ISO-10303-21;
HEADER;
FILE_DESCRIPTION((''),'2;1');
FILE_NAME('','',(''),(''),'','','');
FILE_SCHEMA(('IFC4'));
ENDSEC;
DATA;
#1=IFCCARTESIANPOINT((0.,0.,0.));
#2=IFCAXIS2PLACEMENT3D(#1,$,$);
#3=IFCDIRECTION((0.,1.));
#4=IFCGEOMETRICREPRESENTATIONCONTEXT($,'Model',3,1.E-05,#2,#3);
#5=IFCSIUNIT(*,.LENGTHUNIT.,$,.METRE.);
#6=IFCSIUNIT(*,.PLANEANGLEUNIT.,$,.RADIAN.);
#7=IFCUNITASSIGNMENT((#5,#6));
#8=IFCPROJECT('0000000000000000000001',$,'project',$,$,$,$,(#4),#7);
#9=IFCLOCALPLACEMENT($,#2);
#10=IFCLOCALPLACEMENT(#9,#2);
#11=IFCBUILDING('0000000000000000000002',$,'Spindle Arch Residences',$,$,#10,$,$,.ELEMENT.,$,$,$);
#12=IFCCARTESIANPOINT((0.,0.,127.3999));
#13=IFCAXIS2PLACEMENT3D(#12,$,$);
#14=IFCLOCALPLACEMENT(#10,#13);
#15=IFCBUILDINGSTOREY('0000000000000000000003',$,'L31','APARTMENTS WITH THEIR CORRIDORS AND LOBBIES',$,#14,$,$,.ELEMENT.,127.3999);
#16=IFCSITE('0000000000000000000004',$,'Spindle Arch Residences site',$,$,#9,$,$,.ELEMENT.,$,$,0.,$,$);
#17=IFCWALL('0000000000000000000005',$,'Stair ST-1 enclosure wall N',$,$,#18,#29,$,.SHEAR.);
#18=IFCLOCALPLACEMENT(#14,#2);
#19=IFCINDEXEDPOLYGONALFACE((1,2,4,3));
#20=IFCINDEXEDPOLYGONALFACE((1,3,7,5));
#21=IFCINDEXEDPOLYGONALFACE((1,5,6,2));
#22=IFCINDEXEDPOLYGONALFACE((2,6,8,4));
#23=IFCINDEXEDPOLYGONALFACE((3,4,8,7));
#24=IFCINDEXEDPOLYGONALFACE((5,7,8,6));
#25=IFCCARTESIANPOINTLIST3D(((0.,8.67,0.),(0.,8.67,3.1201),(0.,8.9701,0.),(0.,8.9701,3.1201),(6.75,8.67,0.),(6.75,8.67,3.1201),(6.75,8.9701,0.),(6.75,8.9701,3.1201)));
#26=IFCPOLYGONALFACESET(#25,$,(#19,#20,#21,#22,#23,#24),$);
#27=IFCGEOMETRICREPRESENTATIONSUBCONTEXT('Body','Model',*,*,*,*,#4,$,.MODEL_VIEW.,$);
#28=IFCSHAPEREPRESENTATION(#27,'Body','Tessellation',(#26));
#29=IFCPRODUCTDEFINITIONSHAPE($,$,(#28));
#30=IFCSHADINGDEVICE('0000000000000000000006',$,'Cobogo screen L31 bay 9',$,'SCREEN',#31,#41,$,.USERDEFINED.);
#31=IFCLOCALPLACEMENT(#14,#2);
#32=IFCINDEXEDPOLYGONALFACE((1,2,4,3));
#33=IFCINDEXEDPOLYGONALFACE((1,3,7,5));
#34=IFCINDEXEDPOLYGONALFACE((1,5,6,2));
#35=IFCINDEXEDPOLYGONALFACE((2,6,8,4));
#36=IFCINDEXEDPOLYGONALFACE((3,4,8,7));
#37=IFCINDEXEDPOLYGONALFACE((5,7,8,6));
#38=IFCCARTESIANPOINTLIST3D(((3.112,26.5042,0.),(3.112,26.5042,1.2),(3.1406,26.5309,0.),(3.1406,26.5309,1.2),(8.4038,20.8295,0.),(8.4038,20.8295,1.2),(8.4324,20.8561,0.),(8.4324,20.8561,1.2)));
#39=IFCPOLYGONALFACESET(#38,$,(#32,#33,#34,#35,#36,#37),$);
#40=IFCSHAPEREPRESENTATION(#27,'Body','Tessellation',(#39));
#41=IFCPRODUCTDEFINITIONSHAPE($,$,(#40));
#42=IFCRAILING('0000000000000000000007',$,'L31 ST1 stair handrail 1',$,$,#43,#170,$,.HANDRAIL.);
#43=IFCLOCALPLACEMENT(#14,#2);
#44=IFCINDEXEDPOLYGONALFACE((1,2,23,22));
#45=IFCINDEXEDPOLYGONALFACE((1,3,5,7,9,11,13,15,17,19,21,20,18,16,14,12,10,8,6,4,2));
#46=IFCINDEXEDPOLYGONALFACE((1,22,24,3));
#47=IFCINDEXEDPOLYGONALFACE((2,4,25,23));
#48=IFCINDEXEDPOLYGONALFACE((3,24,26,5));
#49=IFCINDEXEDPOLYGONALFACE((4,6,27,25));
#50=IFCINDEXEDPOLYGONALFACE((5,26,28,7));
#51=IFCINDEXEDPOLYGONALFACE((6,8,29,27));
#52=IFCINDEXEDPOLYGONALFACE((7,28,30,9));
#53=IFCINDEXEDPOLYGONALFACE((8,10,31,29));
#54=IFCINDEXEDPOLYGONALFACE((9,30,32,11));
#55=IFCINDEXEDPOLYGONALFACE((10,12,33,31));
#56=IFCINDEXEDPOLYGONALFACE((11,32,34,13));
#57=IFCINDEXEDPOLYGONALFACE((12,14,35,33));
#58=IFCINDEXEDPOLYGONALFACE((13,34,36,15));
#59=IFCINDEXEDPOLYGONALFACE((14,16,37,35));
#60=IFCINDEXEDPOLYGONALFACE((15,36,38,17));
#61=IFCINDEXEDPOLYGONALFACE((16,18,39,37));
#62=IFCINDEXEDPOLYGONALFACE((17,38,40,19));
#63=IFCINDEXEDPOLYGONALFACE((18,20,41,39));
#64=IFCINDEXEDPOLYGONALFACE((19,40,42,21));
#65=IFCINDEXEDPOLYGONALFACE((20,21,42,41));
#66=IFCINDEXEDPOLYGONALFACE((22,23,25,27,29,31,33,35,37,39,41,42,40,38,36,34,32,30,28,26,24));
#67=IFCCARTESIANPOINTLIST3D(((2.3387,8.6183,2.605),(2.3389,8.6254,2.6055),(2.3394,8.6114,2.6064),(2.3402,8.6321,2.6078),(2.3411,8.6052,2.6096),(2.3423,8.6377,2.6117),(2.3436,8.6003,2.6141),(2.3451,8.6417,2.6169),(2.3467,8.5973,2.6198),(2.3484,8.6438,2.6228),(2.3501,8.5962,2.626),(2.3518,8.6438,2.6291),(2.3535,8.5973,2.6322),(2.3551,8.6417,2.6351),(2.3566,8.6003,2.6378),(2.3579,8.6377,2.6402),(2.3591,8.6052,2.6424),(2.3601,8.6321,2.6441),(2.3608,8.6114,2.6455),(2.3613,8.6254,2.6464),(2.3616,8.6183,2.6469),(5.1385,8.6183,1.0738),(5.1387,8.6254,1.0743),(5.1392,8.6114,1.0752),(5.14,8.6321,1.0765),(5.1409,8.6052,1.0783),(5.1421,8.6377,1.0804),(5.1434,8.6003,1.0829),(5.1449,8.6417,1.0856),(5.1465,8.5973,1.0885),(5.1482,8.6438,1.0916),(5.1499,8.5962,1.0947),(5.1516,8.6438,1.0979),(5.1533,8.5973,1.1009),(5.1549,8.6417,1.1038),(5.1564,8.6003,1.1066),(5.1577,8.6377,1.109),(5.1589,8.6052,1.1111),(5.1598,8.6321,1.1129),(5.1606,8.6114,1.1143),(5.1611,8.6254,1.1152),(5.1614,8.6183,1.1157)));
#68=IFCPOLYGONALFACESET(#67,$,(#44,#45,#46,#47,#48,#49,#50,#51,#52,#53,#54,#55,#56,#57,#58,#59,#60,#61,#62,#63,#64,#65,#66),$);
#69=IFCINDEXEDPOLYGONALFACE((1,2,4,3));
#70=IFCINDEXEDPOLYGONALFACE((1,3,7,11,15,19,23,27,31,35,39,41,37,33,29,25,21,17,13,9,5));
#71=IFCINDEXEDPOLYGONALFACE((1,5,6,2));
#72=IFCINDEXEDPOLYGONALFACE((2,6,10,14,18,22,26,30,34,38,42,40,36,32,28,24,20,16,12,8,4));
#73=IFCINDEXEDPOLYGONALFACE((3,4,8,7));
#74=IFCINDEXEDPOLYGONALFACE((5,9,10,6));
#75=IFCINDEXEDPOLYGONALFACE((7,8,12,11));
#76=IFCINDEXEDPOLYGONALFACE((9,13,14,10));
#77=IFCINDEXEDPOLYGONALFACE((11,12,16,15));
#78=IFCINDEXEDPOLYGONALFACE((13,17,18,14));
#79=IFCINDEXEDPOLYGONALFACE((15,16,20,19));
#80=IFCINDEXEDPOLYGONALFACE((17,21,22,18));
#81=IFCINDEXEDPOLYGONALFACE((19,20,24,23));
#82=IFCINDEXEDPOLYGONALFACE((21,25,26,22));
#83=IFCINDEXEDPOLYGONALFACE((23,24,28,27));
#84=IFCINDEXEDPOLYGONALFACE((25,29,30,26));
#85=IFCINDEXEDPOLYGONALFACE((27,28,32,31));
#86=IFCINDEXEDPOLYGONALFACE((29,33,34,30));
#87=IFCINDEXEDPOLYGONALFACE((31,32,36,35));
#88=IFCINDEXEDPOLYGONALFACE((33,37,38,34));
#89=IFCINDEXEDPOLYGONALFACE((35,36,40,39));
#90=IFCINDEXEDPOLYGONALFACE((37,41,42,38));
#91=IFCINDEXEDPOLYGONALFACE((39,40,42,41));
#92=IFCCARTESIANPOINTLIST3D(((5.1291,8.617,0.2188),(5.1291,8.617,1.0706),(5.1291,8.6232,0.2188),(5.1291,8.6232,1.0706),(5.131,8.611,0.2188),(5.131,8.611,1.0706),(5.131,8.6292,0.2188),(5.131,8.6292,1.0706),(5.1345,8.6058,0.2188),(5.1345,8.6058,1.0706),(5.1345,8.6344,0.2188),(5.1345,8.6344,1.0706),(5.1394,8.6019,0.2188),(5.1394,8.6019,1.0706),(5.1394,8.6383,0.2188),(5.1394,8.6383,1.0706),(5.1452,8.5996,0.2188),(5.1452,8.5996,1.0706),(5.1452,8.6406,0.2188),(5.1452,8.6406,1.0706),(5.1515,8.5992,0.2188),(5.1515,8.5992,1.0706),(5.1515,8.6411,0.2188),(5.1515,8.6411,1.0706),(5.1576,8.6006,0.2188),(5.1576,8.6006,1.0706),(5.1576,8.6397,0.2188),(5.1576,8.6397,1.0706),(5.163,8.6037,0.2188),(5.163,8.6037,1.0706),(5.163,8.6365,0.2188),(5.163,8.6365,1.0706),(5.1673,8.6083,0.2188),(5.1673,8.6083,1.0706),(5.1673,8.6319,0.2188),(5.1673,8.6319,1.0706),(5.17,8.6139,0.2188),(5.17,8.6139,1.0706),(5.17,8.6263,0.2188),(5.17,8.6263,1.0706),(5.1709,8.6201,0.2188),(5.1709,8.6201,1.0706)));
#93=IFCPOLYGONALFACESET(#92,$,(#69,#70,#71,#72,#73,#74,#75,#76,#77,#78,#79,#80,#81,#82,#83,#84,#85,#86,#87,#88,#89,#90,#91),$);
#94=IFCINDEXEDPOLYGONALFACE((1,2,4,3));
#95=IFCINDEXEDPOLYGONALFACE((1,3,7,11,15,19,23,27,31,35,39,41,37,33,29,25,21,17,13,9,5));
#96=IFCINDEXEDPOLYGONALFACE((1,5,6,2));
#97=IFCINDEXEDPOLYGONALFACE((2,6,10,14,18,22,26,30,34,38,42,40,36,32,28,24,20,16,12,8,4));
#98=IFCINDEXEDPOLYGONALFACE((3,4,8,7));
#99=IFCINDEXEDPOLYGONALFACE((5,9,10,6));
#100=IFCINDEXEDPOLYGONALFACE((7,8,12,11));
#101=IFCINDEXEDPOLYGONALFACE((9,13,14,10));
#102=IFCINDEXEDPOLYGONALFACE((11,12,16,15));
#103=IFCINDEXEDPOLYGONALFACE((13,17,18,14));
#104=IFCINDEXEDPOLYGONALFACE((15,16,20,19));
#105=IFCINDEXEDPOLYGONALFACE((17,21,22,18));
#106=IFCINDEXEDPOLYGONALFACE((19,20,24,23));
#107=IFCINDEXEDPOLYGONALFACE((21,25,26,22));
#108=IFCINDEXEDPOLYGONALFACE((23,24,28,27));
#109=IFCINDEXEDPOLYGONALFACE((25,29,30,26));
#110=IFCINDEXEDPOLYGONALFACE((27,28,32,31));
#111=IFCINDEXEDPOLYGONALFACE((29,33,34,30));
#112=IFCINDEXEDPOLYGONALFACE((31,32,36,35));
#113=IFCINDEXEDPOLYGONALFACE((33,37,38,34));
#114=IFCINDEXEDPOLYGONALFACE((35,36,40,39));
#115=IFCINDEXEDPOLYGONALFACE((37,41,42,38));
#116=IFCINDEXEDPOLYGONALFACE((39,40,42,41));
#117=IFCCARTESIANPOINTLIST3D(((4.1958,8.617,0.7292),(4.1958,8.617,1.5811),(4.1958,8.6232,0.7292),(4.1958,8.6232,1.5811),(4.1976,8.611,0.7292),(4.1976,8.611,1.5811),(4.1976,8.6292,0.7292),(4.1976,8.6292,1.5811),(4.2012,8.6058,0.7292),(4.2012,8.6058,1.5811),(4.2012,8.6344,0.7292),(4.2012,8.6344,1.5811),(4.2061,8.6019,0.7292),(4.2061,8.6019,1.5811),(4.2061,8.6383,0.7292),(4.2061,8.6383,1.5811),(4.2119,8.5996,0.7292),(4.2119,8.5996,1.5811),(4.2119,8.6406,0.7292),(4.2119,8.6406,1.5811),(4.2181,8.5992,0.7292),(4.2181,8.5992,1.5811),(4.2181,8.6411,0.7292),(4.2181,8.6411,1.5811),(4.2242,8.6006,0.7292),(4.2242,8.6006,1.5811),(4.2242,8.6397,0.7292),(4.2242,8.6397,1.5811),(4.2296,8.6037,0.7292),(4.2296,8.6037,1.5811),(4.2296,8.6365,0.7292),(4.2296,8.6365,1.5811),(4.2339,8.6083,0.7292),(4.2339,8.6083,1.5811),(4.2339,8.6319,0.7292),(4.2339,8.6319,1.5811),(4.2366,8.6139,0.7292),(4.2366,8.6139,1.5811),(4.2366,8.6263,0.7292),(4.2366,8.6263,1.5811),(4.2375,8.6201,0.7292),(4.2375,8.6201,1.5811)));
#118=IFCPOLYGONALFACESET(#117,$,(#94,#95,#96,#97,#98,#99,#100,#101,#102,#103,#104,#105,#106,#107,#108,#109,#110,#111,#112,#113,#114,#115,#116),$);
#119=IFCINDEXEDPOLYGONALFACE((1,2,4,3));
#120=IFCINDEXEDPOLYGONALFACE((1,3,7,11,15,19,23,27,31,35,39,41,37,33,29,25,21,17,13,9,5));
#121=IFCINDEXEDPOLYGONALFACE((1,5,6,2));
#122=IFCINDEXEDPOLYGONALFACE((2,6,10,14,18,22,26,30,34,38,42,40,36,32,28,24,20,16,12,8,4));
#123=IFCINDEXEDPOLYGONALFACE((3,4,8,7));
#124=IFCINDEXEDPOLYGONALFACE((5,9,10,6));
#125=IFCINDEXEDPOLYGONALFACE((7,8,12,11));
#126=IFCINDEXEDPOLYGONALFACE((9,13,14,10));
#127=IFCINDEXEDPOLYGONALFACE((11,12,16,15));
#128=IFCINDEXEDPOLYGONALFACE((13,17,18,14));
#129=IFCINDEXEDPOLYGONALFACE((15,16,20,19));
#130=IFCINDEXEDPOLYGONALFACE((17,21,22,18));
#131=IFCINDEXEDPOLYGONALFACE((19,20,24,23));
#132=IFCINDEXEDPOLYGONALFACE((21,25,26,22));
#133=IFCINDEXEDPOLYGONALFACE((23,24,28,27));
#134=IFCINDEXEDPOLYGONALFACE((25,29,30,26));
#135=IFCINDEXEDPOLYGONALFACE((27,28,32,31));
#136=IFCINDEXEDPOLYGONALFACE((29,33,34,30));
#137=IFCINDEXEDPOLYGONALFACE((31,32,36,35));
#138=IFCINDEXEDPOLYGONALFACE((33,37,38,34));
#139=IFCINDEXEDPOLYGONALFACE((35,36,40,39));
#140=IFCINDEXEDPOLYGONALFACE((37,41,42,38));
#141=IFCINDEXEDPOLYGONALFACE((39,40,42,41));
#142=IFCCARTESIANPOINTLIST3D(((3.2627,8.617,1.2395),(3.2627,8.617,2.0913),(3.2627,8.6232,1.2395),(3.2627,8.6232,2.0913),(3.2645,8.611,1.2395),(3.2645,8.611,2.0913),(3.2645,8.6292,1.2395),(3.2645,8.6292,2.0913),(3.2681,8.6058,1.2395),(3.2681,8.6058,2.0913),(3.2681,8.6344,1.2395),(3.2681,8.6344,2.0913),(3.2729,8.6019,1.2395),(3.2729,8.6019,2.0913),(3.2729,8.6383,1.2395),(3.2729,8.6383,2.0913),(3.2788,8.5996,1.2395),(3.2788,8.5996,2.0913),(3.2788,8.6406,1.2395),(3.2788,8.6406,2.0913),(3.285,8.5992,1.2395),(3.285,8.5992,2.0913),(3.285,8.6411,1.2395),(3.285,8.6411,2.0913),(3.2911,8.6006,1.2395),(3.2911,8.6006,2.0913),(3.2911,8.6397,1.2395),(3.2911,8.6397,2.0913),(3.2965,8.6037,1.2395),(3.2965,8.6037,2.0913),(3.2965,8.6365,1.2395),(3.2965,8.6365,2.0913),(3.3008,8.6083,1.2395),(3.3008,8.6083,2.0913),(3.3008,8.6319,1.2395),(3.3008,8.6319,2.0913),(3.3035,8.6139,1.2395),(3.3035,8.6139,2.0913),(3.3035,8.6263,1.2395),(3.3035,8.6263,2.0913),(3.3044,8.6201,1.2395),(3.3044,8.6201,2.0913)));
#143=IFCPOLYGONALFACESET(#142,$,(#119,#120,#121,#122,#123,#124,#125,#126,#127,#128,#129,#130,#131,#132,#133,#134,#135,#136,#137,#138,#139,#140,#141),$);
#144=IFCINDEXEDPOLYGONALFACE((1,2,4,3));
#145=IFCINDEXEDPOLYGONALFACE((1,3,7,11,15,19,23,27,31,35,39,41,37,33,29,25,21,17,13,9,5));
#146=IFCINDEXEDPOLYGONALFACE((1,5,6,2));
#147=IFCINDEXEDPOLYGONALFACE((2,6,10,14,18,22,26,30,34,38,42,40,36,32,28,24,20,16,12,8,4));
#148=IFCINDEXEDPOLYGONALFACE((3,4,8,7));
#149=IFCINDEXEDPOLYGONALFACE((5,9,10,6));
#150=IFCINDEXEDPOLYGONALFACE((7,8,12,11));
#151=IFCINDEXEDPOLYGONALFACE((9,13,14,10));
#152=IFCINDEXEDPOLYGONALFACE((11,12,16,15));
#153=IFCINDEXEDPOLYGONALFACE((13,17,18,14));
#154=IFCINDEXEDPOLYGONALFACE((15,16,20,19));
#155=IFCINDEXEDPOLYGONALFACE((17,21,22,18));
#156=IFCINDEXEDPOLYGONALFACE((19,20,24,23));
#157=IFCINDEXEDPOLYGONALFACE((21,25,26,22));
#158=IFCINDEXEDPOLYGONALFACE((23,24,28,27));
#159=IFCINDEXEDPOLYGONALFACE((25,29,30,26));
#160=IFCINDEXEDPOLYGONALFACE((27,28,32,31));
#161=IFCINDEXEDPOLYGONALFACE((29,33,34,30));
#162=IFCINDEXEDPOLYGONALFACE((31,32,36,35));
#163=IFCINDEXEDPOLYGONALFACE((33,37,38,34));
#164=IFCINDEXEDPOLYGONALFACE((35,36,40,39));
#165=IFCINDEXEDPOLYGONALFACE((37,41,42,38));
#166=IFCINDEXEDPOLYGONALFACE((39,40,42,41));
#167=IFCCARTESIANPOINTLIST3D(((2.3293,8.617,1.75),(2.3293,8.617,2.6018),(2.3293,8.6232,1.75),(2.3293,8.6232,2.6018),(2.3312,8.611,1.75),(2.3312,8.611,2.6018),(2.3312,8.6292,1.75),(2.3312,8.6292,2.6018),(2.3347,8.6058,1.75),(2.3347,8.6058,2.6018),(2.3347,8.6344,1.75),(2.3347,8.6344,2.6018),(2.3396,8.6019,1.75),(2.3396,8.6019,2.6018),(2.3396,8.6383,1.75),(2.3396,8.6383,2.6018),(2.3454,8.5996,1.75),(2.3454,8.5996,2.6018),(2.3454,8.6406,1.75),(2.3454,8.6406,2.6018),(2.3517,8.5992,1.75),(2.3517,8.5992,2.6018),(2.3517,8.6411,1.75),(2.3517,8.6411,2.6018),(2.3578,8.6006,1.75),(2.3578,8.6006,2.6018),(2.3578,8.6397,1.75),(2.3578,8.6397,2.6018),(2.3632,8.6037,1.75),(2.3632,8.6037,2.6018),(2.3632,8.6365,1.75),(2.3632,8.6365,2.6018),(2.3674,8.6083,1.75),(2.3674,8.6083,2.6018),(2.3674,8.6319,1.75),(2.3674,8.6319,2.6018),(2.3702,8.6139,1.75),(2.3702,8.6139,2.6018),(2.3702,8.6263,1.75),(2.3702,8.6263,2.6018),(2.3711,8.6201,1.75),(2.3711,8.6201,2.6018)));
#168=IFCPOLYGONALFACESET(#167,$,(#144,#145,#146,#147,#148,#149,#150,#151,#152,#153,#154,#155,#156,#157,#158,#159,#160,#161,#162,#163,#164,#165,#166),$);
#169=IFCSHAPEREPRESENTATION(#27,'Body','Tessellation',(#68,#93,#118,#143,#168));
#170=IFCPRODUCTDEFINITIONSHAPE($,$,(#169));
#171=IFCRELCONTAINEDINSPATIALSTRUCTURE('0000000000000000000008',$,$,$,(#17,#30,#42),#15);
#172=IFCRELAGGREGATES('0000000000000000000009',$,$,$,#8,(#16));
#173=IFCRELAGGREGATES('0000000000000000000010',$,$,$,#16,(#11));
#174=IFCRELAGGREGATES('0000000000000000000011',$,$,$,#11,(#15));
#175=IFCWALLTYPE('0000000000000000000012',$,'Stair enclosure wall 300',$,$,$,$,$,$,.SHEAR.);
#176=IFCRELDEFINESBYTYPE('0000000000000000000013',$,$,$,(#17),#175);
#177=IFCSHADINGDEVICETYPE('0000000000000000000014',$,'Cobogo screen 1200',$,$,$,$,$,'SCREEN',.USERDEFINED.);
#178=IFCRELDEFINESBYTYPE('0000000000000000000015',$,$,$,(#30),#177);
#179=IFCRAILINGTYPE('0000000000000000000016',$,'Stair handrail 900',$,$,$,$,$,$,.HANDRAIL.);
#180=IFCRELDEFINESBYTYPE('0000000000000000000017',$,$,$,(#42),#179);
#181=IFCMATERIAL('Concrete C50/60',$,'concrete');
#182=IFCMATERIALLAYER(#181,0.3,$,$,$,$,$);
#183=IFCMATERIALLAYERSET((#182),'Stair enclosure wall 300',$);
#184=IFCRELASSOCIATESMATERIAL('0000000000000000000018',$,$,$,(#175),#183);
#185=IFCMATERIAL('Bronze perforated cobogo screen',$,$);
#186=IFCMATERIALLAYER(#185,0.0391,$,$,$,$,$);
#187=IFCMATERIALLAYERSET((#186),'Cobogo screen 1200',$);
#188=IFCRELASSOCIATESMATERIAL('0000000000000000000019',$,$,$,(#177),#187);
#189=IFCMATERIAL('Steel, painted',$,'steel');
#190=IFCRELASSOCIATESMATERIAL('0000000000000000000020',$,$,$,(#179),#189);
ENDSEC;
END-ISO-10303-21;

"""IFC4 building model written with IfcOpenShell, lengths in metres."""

from ifc_helpers import new_model, si_unit, direction, frame, frame_2d, origin, origin_2d, place, context, subcontext, project, spatial, rectangle, circle, extrude, material, layer, layer_set, type_object, element, save


model = new_model("IFC4")

# Units and contexts
model_context = context("Model", 3, precision=1e-05, world=origin(), true_north=direction((0.0, 1.0)))
body_context = subcontext(model_context, "Body", "Model", "MODEL_VIEW")
ifc_project = project(units=[si_unit("LENGTHUNIT", "METRE"), si_unit("PLANEANGLEUNIT", "RADIAN")], contexts=[model_context])

# Site, building, storey
site_placement = place(None, origin())
site = spatial("IfcSite", under=ifc_project, at=site_placement, Name="Spindle Arch Residences site", CompositionType="ELEMENT", RefElevation=0.0)
building_placement = place(site_placement, origin())
building = spatial("IfcBuilding", under=site, at=building_placement, Name="Spindle Arch Residences", CompositionType="ELEMENT")
storey_placement = place(building_placement, frame((0.0, 0.0, 127.3999)))
storey = spatial("IfcBuildingStorey", under=building, at=storey_placement, Name="L31", Description="APARTMENTS WITH THEIR CORRIDORS AND LOBBIES", CompositionType="ELEMENT", Elevation=127.3999)

# Wall
ifc_material_1 = material(Name="Concrete C50/60", Category="concrete")
ifc_layer_1 = layer(ifc_material_1, 0.3)
ifc_layer_set_1 = layer_set([ifc_layer_1], Name="Stair enclosure wall 300")
wall_type_1 = type_object("IfcWallType", Name="Stair enclosure wall 300", PredefinedType="SHEAR", material=ifc_layer_set_1)
wall_1_placement = place(storey_placement, frame((0.0, 8.8201, 0.0), z_axis=(0.0, 0.0, 1.0), x_axis=(1.0, 0.0, 0.0)))
element("IfcWall", 1, at=wall_1_placement, inside=storey, type_object=wall_type_1, Name="Stair ST-1 enclosure wall N", PredefinedType="SHEAR", context=body_context, shape_type="SweptSolid", body=[
    extrude(rectangle(XDim=6.75, YDim=0.3, at=frame_2d((3.375, 0.0))), origin(), (0.0, 0.0, 1.0), 3.1201),
])

# Shading device
ifc_material_2 = material(Name="Bronze perforated cobogo screen")
ifc_layer_2 = layer(ifc_material_2, 0.0391)
ifc_layer_set_2 = layer_set([ifc_layer_2], Name="Cobogo screen 1200")
shading_device_type = type_object("IfcShadingDeviceType", Name="Cobogo screen 1200", ElementType="SCREEN", PredefinedType="USERDEFINED", material=ifc_layer_set_2)
shading_device_placement = place(storey_placement, frame((5.7722, 23.6802, 0.0), z_axis=(0.0, 0.0, 1.0), x_axis=(-0.681998, 0.731354, 0.0)))
element("IfcShadingDevice", 2, at=shading_device_placement, inside=storey, type_object=shading_device_type, Name="Cobogo screen L31 bay 9", ObjectType="SCREEN", PredefinedType="USERDEFINED", context=body_context, shape_type="SweptSolid", body=[
    extrude(rectangle(XDim=7.7593, YDim=0.0391, at=origin_2d()), origin(), (0.0, 0.0, 1.0), 1.2),
])

# Railing
ifc_material_3 = material(Name="Steel, painted", Category="steel")
railing_type_1 = type_object("IfcRailingType", Name="Stair handrail 900", PredefinedType="HANDRAIL", material=ifc_material_3)
railing_1_placement = place(storey_placement, frame((5.1499, 8.6201, 0.2188)))
element("IfcRailing", 3, at=railing_1_placement, inside=storey, type_object=railing_type_1, Name="L31 ST1 stair handrail 1", PredefinedType="HANDRAIL", context=body_context, shape_type="SweptSolid", body=[
    extrude(circle(Radius=0.0239, at=origin_2d()), frame((0.0, 0.0, 0.876), z_axis=(-0.877357, 0.0, 0.479838), x_axis=(0.0, -1.0, 0.0)), (0.0, 0.0, 1.0), 3.1912),
    extrude(circle(Radius=0.021, at=origin_2d()), origin(), (0.0, 0.0, 1.0), 0.8518),
    extrude(circle(Radius=0.021, at=origin_2d()), frame((-0.9333, 0.0, 0.5105)), (0.0, 0.0, 1.0), 0.8518),
    extrude(circle(Radius=0.021, at=origin_2d()), frame((-1.8665, 0.0, 1.0208)), (0.0, 0.0, 1.0), 0.8518),
    extrude(circle(Radius=0.021, at=origin_2d()), frame((-2.7998, 0.0, 1.5312)), (0.0, 0.0, 1.0), 0.8518),
])

save(model, "model.ifc")
